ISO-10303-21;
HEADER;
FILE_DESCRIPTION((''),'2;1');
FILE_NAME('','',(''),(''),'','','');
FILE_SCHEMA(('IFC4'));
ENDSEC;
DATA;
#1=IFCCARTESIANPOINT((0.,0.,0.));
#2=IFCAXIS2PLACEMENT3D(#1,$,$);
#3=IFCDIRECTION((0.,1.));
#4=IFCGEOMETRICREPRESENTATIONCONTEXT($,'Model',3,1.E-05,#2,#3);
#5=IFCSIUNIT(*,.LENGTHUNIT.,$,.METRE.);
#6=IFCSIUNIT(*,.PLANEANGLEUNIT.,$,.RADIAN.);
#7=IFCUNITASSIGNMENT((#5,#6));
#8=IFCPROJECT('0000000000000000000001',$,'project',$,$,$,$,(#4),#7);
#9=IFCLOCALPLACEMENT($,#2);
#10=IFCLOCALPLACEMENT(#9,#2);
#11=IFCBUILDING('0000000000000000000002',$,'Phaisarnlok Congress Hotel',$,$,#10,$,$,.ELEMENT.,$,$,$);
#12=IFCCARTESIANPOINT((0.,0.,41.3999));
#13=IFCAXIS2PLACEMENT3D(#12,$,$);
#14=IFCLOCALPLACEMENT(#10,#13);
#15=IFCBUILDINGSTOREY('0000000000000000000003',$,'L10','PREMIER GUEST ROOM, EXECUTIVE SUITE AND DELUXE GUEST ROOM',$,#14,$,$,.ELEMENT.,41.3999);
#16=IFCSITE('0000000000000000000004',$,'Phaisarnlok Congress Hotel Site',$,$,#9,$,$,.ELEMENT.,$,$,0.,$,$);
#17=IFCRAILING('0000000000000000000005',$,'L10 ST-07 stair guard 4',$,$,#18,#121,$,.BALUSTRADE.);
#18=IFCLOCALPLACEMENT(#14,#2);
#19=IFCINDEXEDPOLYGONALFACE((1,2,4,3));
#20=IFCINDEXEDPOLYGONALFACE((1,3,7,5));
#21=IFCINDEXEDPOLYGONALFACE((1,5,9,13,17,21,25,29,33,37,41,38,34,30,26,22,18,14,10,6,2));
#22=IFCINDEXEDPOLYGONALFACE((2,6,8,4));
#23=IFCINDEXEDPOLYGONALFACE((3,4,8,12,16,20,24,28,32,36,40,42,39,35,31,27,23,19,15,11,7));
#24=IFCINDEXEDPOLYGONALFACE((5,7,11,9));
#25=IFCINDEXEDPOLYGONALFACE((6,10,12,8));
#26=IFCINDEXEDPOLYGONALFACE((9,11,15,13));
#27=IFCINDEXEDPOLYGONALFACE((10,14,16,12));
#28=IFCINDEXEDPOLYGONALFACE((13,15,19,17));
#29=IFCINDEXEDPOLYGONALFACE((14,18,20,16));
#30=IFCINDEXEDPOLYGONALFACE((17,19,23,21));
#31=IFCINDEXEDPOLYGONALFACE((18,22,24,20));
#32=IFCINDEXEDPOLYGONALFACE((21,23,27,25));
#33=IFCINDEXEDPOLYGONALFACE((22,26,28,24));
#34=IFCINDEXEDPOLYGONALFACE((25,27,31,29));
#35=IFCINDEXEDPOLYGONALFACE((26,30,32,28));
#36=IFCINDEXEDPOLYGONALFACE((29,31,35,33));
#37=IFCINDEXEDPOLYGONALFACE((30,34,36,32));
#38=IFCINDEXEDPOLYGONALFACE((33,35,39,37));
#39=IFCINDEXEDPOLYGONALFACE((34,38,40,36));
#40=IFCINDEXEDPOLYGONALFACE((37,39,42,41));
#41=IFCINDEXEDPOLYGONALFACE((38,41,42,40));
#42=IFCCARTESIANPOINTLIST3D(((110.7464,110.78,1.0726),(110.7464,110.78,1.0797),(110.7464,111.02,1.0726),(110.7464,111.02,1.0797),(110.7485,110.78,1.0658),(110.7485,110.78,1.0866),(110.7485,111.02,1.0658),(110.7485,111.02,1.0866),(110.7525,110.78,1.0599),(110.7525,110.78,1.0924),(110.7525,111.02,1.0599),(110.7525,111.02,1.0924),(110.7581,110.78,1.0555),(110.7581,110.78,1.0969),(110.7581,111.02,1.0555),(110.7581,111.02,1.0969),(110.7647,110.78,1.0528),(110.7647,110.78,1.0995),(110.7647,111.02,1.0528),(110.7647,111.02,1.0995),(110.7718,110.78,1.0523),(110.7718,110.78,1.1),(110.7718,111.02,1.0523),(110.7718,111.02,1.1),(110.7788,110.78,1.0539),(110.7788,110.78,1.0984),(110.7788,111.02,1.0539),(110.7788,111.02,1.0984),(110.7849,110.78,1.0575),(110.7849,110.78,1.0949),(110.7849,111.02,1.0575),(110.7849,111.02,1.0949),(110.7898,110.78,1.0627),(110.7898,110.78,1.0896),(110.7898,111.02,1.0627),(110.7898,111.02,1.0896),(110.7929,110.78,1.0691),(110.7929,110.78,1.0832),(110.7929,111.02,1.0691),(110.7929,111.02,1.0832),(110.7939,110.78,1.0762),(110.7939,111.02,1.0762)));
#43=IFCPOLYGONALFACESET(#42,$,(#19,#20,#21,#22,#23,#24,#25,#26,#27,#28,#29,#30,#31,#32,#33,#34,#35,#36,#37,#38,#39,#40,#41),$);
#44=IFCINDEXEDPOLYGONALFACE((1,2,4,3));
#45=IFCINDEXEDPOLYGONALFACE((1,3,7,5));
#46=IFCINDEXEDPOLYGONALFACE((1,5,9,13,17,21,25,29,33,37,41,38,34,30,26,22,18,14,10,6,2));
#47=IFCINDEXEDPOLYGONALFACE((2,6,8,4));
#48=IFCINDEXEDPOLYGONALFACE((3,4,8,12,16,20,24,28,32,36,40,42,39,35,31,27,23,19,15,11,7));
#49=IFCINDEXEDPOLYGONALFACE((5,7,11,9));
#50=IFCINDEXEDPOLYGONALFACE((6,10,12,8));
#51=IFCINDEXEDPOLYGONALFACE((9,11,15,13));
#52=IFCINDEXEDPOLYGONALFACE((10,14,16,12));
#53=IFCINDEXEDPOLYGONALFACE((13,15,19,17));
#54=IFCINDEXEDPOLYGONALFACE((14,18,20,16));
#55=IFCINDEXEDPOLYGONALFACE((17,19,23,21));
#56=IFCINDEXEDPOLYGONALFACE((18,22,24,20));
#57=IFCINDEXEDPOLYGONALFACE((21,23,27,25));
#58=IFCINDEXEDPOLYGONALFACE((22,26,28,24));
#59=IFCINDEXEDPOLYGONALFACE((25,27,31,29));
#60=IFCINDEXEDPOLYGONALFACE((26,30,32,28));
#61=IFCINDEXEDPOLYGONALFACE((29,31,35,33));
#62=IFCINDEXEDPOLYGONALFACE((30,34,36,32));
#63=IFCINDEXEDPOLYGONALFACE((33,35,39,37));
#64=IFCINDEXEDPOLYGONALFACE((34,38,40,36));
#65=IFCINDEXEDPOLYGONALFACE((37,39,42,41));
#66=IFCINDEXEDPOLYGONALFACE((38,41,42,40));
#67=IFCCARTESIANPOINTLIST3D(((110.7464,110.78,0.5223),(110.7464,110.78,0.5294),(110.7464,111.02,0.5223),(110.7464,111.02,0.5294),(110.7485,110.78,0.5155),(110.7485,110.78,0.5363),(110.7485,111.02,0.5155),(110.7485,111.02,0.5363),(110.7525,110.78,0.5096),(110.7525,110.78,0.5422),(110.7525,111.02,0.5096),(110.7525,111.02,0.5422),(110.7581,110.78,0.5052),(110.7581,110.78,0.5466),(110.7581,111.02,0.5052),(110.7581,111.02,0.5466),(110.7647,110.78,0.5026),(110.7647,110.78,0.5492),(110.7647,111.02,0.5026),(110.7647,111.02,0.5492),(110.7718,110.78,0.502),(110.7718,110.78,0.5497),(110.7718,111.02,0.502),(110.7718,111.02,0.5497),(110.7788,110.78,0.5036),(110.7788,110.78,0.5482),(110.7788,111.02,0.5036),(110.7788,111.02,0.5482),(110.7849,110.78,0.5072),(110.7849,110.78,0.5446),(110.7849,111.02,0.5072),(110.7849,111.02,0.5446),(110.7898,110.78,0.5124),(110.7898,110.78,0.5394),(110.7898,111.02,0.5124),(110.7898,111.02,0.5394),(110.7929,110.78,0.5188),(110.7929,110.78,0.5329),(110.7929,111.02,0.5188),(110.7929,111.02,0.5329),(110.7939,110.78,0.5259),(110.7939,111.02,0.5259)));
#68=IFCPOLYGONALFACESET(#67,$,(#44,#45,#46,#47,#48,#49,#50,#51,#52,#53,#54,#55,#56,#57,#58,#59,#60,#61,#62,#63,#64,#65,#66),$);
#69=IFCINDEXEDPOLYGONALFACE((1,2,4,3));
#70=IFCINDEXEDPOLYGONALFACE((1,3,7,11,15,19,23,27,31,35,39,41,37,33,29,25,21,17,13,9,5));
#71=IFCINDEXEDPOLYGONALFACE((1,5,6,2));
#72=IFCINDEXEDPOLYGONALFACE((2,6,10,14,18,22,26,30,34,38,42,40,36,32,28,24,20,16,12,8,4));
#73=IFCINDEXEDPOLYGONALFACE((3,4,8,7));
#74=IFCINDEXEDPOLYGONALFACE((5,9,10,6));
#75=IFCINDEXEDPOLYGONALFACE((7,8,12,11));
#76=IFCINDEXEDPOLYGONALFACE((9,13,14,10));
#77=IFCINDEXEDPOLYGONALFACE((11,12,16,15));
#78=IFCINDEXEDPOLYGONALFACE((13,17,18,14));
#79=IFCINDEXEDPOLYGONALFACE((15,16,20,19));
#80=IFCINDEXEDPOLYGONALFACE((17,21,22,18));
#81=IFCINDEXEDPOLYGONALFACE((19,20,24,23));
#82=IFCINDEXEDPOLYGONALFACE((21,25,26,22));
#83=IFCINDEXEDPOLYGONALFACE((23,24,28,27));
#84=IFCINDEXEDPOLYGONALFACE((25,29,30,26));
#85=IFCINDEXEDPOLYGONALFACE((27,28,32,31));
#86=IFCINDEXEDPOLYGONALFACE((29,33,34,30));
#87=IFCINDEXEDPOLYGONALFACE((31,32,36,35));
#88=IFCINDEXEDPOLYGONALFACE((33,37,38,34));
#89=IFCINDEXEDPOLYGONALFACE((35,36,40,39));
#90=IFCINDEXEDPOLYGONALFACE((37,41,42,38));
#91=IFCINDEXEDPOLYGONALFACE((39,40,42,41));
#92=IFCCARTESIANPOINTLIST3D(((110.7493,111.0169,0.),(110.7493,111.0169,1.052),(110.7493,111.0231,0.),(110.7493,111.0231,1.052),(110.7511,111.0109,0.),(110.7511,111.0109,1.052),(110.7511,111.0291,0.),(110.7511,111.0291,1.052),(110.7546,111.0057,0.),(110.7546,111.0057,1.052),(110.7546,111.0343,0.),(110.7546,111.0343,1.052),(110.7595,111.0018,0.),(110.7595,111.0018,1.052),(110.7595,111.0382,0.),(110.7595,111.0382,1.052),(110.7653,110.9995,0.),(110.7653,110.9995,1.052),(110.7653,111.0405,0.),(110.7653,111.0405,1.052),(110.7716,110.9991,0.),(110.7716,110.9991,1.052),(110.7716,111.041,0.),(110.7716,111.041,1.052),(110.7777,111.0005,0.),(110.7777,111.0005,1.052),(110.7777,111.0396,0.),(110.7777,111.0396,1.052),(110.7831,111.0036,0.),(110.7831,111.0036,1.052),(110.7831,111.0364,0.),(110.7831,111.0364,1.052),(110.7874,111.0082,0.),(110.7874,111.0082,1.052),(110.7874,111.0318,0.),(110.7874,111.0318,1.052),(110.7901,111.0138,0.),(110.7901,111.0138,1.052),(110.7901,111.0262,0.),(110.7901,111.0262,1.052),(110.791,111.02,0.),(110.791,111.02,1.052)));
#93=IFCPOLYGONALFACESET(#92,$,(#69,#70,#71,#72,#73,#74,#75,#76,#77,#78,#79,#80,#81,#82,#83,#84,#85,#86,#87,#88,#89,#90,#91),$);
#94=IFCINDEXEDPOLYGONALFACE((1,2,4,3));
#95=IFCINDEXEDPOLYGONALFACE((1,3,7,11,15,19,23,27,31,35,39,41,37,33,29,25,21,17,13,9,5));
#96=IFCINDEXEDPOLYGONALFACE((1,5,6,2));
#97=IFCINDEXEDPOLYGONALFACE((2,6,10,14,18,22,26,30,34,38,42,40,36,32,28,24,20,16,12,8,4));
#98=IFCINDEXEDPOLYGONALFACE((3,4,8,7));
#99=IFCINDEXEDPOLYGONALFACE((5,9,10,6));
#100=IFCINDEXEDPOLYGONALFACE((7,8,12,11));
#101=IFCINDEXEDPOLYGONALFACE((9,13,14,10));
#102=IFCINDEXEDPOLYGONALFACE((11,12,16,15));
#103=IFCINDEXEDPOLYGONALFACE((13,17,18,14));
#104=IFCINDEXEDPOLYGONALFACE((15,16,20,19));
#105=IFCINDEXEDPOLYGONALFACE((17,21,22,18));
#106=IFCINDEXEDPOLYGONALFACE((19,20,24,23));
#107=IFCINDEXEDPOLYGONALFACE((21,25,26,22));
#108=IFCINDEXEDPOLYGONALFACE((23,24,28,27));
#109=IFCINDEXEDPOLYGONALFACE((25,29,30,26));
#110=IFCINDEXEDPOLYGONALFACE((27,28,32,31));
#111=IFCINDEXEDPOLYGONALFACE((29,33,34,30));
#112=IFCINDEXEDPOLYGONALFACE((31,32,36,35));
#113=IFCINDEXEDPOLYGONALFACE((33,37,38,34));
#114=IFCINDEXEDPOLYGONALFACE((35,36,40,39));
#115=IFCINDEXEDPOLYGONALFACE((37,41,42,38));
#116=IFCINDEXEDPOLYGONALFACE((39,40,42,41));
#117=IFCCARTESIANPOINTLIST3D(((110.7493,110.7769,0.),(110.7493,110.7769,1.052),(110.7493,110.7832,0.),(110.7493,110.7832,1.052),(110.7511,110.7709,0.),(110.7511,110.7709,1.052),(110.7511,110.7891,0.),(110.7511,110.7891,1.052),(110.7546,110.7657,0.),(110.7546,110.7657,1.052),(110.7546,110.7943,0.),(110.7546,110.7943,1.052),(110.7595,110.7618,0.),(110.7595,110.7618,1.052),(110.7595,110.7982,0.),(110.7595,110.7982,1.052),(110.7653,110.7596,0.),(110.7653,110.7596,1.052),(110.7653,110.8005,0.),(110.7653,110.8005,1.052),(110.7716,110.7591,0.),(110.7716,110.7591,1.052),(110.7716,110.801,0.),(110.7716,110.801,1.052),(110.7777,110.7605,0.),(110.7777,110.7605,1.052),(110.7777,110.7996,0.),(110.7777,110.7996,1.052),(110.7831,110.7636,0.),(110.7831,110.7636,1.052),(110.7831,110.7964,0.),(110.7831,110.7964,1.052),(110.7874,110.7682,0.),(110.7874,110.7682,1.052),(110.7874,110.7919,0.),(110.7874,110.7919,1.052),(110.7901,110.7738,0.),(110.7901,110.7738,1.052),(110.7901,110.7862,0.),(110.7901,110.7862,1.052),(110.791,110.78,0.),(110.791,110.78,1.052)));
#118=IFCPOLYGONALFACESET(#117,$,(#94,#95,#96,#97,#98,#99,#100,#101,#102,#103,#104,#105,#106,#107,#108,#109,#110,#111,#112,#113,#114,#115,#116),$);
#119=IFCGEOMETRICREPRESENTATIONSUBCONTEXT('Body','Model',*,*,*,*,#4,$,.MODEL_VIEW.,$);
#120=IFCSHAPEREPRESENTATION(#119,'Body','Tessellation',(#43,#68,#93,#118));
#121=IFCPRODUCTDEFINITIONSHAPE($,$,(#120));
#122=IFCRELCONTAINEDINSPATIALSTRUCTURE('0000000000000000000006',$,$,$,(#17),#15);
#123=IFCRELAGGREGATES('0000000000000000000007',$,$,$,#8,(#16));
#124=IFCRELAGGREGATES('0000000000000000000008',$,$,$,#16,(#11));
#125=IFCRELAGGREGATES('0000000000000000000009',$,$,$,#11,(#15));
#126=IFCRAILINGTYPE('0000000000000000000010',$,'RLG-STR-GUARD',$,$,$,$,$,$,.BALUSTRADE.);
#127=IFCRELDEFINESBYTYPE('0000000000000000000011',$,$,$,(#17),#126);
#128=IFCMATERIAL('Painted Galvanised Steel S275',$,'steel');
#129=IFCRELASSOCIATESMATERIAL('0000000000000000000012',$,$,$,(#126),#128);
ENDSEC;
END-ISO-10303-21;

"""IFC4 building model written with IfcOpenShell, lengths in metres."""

from ifc_helpers import new_model, si_unit, direction, frame, origin, origin_2d, place, context, subcontext, project, spatial, circle, extrude, material, type_object, element, save


model = new_model("IFC4")

# Units and contexts
model_context = context("Model", 3, precision=1e-05, world=origin(), true_north=direction((0.0, 1.0)))
body_context = subcontext(model_context, "Body", "Model", "MODEL_VIEW")
ifc_project = project(units=[si_unit("LENGTHUNIT", "METRE"), si_unit("PLANEANGLEUNIT", "RADIAN")], contexts=[model_context])

# Site, building, storey
site_placement = place(None, origin())
site = spatial("IfcSite", under=ifc_project, at=site_placement, Name="Phaisarnlok Congress Hotel Site", CompositionType="ELEMENT", RefElevation=0.0)
building_placement = place(site_placement, origin())
building = spatial("IfcBuilding", under=site, at=building_placement, Name="Phaisarnlok Congress Hotel", CompositionType="ELEMENT")
storey_placement = place(building_placement, frame((0.0, 0.0, 41.3999)))
storey = spatial("IfcBuildingStorey", under=building, at=storey_placement, Name="L10", Description="PREMIER GUEST ROOM, EXECUTIVE SUITE AND DELUXE GUEST ROOM", CompositionType="ELEMENT", Elevation=41.3999)

# Railing
ifc_material_1 = material(Name="Painted Galvanised Steel S275", Category="steel")
railing_type_1 = type_object("IfcRailingType", Name="RLG-STR-GUARD", PredefinedType="BALUSTRADE", material=ifc_material_1)
railing_1_placement = place(storey_placement, frame((110.77, 111.02, 0.0)))
element("IfcRailing", 1, at=railing_1_placement, inside=storey, type_object=railing_type_1, Name="L10 ST-07 stair guard 4", PredefinedType="BALUSTRADE", context=body_context, shape_type="SweptSolid", body=[
    extrude(circle(Radius=0.0239, at=origin_2d()), frame((0.0, 0.0, 1.0762), z_axis=(0.0, -1.0, 0.0), x_axis=(1.0, 0.0, 0.0)), (0.0, 0.0, 1.0), 0.24),
    extrude(circle(Radius=0.0239, at=origin_2d()), frame((0.0, 0.0, 0.5259), z_axis=(0.0, -1.0, 0.0), x_axis=(1.0, 0.0, 0.0)), (0.0, 0.0, 1.0), 0.24),
    extrude(circle(Radius=0.021, at=origin_2d()), origin(), (0.0, 0.0, 1.0), 1.052),
    extrude(circle(Radius=0.021, at=origin_2d()), frame((0.0, -0.24, 0.0)), (0.0, 0.0, 1.0), 1.052),
])

save(model, "model.ifc")
